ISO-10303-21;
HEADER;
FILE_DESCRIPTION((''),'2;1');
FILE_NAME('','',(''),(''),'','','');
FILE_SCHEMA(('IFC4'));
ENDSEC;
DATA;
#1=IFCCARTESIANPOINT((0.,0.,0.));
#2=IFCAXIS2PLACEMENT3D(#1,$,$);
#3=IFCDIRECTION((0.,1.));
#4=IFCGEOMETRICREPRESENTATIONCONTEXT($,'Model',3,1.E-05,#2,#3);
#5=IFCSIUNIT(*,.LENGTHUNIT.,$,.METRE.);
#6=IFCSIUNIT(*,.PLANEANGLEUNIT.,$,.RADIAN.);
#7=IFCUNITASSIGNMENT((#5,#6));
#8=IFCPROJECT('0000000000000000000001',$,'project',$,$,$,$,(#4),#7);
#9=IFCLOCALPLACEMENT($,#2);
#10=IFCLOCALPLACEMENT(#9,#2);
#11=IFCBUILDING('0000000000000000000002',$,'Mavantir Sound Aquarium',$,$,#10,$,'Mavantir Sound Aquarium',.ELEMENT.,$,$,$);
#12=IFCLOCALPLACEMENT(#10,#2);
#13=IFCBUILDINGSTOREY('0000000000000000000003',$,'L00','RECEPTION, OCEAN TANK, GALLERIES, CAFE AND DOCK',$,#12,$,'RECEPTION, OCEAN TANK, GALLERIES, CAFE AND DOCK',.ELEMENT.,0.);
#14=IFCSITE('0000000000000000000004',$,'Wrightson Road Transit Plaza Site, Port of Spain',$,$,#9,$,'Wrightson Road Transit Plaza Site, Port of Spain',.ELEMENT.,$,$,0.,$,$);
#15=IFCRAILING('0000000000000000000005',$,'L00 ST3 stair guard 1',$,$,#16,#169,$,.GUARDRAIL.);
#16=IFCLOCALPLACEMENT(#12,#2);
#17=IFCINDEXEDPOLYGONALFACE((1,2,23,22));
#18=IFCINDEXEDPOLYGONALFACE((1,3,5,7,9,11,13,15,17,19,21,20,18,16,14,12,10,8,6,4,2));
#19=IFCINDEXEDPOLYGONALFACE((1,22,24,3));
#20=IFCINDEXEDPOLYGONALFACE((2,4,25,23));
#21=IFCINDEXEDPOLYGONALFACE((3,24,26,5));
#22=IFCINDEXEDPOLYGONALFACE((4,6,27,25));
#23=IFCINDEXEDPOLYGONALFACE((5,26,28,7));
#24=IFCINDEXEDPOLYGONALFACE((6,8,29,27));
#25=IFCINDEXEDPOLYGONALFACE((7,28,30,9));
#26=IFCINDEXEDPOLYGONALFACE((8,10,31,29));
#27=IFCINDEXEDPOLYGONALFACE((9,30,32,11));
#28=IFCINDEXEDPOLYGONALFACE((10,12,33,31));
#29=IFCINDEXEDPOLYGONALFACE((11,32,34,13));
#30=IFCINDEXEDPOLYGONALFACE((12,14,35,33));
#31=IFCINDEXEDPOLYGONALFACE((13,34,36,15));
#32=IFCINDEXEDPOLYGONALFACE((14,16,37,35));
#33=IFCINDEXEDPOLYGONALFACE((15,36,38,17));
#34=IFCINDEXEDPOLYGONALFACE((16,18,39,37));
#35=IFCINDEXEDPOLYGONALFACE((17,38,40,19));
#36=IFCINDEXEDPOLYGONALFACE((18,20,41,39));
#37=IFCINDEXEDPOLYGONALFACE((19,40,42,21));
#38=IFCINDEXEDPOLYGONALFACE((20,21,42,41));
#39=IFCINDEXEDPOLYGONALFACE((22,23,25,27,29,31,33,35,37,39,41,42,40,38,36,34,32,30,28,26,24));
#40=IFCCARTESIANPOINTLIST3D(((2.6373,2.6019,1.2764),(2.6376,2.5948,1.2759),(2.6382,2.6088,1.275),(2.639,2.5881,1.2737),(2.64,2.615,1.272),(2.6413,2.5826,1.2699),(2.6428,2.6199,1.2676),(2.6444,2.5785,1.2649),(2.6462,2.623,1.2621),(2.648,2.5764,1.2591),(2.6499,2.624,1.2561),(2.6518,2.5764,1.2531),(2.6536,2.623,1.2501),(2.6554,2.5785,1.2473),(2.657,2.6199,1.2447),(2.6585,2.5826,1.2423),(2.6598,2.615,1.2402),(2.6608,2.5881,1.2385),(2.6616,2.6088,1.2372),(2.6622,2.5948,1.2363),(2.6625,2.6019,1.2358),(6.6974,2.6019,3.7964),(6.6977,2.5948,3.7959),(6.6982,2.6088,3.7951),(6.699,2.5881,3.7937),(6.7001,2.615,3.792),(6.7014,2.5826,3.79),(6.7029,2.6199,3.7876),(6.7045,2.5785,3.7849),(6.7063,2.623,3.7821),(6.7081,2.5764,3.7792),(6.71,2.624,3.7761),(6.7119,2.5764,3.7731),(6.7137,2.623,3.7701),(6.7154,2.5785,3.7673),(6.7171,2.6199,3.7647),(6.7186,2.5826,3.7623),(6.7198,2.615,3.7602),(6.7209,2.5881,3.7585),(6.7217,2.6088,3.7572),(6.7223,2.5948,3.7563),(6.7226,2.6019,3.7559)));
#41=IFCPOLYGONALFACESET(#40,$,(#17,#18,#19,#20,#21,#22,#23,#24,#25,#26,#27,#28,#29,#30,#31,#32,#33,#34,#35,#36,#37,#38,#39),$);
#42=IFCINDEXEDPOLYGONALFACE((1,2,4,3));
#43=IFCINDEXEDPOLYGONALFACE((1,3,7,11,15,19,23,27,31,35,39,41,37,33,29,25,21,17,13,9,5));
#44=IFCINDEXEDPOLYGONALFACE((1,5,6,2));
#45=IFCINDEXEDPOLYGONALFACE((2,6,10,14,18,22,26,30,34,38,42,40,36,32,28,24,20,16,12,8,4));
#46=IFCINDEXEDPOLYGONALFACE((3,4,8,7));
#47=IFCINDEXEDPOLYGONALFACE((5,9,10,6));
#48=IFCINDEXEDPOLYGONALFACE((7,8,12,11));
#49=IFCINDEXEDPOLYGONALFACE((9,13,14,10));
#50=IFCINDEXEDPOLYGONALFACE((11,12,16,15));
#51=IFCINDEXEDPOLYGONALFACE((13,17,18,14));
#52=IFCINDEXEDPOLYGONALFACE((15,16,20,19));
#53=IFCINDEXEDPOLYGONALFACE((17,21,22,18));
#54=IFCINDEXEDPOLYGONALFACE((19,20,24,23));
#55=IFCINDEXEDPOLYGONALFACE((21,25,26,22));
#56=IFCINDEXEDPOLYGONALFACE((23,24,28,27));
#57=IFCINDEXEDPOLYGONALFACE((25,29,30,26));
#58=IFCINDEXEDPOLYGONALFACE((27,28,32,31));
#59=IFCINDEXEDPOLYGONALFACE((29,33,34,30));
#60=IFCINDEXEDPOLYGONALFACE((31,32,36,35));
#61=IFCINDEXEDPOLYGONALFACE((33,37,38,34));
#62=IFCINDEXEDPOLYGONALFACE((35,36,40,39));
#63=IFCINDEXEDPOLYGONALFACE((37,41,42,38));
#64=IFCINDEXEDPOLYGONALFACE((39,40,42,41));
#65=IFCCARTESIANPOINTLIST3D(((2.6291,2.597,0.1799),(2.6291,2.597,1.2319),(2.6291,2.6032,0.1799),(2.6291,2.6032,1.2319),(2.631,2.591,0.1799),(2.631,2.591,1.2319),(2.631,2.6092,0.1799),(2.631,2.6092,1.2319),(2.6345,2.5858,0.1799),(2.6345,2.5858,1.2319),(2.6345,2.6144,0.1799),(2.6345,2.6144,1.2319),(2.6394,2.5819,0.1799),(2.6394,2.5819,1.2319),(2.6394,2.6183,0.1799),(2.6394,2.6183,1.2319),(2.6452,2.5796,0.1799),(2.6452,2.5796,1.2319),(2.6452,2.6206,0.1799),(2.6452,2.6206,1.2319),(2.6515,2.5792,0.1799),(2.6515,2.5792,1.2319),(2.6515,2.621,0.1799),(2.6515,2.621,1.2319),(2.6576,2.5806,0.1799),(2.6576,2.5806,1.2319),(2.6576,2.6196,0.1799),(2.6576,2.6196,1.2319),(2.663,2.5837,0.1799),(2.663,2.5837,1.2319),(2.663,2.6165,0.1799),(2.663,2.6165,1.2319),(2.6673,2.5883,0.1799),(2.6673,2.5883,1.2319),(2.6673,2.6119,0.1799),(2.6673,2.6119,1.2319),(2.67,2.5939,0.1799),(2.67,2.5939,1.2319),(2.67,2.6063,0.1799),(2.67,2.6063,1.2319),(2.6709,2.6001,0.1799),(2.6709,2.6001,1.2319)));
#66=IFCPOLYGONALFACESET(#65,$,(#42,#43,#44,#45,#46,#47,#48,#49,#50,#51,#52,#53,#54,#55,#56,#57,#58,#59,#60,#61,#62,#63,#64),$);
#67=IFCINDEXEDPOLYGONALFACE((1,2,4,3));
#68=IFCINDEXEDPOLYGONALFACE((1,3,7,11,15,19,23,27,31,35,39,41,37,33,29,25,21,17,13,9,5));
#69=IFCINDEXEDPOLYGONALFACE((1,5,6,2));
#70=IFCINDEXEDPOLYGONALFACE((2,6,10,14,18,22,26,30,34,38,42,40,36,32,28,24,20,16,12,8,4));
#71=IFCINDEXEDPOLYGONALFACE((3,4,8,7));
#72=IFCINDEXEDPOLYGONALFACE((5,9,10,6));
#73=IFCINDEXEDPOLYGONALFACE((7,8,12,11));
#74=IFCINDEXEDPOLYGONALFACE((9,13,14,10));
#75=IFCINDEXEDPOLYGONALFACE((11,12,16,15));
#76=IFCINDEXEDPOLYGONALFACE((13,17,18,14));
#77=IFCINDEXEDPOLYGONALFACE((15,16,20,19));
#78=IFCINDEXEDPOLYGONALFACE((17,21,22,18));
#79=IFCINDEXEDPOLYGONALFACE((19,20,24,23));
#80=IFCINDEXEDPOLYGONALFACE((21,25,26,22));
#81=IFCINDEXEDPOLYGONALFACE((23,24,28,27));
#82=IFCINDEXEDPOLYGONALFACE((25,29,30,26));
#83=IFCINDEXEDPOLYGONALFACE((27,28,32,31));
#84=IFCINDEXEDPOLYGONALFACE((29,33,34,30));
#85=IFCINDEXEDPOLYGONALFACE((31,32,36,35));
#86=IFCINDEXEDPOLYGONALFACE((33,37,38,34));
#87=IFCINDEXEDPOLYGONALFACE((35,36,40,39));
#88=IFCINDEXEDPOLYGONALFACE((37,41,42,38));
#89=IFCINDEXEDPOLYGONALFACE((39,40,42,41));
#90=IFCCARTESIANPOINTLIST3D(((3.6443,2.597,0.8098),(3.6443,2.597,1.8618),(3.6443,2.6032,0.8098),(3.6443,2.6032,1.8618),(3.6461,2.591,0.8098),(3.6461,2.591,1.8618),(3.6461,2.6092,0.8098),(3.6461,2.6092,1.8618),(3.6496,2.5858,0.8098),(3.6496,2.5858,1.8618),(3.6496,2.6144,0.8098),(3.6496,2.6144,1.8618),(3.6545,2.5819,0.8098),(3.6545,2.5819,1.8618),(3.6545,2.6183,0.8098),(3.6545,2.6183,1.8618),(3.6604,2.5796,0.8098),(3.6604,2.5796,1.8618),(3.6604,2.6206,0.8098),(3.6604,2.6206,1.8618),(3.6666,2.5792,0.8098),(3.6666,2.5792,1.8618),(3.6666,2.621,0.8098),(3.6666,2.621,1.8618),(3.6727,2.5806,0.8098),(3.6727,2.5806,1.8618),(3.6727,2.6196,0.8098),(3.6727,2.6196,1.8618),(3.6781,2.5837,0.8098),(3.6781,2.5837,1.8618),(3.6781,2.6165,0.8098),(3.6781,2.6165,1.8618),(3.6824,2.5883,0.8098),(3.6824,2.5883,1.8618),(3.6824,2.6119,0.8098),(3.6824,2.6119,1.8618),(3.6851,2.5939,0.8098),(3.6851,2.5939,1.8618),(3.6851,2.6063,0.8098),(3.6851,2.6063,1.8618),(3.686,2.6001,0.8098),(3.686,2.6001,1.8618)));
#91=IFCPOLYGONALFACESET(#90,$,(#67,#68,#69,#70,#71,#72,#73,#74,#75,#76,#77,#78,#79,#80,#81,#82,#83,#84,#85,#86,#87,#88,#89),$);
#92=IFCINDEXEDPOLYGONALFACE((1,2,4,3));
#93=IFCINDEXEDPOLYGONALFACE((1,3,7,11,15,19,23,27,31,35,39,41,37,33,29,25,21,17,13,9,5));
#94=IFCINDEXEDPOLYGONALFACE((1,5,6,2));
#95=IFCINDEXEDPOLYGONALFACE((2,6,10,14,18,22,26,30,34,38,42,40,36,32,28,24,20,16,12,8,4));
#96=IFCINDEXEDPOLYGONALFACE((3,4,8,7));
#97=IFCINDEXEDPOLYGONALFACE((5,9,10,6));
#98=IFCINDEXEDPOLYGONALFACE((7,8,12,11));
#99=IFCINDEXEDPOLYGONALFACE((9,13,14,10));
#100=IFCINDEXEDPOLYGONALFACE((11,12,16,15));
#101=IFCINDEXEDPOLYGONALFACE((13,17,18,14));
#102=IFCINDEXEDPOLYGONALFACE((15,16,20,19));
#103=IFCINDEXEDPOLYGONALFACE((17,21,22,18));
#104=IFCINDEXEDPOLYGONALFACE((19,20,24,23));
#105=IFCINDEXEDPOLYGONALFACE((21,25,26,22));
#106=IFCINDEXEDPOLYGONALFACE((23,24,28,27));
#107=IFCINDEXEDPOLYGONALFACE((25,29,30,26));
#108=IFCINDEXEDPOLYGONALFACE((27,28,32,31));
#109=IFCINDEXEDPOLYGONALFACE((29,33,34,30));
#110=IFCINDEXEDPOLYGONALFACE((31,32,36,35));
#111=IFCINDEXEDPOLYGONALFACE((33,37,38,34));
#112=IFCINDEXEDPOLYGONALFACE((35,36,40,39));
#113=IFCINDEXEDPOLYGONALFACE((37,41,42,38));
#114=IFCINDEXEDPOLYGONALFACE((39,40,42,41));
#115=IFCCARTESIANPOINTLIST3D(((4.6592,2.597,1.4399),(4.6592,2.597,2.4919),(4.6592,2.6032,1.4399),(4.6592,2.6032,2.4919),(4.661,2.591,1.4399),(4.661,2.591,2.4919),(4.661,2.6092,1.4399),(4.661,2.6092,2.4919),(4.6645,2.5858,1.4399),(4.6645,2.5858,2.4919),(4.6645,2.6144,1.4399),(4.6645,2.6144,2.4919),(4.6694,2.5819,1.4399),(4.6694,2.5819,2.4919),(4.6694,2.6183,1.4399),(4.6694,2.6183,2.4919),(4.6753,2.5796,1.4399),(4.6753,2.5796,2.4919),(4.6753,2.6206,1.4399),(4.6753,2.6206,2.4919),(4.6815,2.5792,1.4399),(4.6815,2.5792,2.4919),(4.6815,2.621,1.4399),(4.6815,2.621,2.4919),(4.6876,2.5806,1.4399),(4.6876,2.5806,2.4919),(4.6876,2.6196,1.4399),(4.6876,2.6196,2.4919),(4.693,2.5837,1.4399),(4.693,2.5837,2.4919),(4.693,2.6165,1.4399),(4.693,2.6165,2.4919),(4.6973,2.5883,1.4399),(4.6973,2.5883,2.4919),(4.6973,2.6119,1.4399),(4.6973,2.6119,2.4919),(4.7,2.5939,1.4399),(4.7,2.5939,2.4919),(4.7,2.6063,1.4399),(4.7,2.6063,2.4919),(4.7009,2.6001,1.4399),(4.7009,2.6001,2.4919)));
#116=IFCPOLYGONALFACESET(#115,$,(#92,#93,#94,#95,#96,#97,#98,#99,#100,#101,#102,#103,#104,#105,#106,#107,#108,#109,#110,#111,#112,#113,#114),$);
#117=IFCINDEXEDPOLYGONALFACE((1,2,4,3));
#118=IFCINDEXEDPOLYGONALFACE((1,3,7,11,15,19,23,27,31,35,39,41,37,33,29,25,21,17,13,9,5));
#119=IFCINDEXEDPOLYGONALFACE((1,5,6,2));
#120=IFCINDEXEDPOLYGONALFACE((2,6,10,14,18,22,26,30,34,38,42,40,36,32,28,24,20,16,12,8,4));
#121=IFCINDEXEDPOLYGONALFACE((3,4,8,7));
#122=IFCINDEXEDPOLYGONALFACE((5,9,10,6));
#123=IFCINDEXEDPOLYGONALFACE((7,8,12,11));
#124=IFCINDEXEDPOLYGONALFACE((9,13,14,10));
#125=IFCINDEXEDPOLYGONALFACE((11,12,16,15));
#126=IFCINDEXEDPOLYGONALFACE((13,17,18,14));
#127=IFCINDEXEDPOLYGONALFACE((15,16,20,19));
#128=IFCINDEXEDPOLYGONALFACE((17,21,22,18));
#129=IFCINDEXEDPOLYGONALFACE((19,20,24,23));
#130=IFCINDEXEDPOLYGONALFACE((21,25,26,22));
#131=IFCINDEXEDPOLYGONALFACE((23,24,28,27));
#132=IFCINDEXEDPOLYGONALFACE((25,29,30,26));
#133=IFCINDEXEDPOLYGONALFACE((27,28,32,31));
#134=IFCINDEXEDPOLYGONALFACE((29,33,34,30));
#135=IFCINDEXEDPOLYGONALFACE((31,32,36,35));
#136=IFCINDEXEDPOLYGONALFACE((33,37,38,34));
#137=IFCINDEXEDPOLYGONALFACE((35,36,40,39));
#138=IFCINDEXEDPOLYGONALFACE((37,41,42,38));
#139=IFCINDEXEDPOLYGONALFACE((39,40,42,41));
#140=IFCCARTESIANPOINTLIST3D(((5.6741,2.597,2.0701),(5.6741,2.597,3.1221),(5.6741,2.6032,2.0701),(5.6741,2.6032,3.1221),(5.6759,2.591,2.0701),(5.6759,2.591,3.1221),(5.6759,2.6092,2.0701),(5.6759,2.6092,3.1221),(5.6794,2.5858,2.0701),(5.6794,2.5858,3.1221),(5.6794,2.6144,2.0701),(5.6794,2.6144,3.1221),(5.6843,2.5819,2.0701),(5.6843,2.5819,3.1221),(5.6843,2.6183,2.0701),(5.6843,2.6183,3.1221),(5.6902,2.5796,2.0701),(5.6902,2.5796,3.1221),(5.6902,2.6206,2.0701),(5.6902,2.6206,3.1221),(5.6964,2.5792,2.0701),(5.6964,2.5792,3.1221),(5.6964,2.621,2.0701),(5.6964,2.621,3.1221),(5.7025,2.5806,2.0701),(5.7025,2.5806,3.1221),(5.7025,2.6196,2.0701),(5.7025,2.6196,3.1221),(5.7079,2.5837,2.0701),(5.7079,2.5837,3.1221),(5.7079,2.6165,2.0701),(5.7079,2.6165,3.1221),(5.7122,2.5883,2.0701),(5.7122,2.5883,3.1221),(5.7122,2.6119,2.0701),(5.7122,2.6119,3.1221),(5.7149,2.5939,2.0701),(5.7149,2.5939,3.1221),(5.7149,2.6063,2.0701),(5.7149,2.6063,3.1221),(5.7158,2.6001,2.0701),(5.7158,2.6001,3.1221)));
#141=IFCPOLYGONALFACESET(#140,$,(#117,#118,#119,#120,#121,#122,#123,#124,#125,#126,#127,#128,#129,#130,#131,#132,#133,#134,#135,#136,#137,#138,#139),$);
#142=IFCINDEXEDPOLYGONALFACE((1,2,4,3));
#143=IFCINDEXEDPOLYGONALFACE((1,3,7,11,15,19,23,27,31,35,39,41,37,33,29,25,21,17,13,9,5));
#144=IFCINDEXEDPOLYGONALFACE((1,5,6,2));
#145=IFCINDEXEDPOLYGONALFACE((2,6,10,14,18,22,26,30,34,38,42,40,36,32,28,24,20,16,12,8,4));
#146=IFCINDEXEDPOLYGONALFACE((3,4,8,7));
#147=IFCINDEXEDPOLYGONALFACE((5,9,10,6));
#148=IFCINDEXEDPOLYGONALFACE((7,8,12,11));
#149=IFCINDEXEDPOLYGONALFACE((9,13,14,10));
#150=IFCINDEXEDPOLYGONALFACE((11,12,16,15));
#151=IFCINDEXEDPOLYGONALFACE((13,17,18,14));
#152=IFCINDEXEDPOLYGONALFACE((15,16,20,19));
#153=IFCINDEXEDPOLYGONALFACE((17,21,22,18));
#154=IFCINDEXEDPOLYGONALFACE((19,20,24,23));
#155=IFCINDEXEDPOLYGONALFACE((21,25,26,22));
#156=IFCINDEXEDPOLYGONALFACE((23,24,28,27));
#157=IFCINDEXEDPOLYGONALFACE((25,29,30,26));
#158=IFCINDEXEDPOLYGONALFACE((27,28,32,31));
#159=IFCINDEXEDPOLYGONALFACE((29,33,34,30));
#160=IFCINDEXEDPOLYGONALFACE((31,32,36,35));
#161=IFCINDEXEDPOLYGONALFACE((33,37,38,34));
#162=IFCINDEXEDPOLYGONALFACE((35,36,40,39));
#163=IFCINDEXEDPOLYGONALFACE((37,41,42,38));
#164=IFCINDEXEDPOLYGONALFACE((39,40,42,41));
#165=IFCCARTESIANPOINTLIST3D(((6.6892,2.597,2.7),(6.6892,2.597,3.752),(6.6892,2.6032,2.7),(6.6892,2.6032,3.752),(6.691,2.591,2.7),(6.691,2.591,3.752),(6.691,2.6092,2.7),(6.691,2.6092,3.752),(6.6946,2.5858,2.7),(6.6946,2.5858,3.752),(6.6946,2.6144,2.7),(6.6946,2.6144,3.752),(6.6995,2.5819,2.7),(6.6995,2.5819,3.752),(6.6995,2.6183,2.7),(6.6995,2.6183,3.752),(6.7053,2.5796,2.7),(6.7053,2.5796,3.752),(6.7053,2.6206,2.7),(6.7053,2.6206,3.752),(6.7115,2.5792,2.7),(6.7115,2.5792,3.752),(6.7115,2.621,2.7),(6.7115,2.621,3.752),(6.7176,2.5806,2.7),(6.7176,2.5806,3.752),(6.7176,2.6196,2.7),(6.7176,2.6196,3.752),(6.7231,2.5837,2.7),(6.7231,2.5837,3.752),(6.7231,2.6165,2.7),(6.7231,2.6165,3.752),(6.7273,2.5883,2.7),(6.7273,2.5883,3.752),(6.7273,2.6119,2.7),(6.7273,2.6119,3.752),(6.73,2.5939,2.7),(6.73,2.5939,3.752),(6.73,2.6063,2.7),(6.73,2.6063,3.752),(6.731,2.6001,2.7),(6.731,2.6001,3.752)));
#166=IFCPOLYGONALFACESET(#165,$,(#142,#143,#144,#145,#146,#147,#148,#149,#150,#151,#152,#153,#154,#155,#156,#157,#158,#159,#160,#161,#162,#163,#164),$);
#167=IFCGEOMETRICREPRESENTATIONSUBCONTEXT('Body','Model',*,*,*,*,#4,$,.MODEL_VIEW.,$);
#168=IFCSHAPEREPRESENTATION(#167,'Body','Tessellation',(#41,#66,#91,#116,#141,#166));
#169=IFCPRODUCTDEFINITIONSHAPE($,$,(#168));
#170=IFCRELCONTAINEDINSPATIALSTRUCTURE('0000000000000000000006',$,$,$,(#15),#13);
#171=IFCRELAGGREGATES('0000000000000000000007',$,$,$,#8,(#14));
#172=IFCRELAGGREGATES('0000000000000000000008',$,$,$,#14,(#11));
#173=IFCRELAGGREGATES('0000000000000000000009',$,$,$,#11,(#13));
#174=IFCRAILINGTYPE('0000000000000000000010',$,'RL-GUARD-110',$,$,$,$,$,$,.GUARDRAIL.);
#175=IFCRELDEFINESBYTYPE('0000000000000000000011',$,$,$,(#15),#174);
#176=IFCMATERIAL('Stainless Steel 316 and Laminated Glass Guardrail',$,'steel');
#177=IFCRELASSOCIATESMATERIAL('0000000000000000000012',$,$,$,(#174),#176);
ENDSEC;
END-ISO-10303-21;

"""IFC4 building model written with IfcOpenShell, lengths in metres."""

from ifc_helpers import new_model, si_unit, direction, frame, origin, origin_2d, place, context, subcontext, project, spatial, circle, extrude, material, type_object, element, save


model = new_model("IFC4")

# Units and contexts
model_context = context("Model", 3, precision=1e-05, world=origin(), true_north=direction((0.0, 1.0)))
body_context = subcontext(model_context, "Body", "Model", "MODEL_VIEW")
ifc_project = project(units=[si_unit("LENGTHUNIT", "METRE"), si_unit("PLANEANGLEUNIT", "RADIAN")], contexts=[model_context])

# Site, building, storey
site_placement = place(None, origin())
site = spatial("IfcSite", under=ifc_project, at=site_placement, Name="Wrightson Road Transit Plaza Site, Port of Spain", LongName="Wrightson Road Transit Plaza Site, Port of Spain", CompositionType="ELEMENT", RefElevation=0.0)
building_placement = place(site_placement, origin())
building = spatial("IfcBuilding", under=site, at=building_placement, Name="Mavantir Sound Aquarium", LongName="Mavantir Sound Aquarium", CompositionType="ELEMENT")
storey_placement = place(building_placement, origin())
storey = spatial("IfcBuildingStorey", under=building, at=storey_placement, Name="L00", Description="RECEPTION, OCEAN TANK, GALLERIES, CAFE AND DOCK", LongName="RECEPTION, OCEAN TANK, GALLERIES, CAFE AND DOCK", CompositionType="ELEMENT", Elevation=0.0)

# Railing
ifc_material_1 = material(Name="Stainless Steel 316 and Laminated Glass Guardrail", Category="steel")
railing_type_1 = type_object("IfcRailingType", Name="RL-GUARD-110", PredefinedType="GUARDRAIL", material=ifc_material_1)
railing_1_placement = place(storey_placement, frame((2.6499, 2.6001, 0.1799)))
element("IfcRailing", 1, at=railing_1_placement, inside=storey, type_object=railing_type_1, Name="L00 ST3 stair guard 1", PredefinedType="GUARDRAIL", context=body_context, shape_type="SweptSolid", body=[
    extrude(circle(Radius=0.0239, at=origin_2d()), frame((0.0, 0.0, 1.0762), z_axis=(0.849642, 0.0, 0.52736), x_axis=(0.0, 1.0, 0.0)), (0.0, 0.0, 1.0), 4.7786),
    extrude(circle(Radius=0.021, at=origin_2d()), origin(), (0.0, 0.0, 1.0), 1.052),
    extrude(circle(Radius=0.021, at=origin_2d()), frame((1.0151, 0.0, 0.6299)), (0.0, 0.0, 1.0), 1.052),
    extrude(circle(Radius=0.021, at=origin_2d()), frame((2.03, 0.0, 1.26)), (0.0, 0.0, 1.0), 1.052),
    extrude(circle(Radius=0.021, at=origin_2d()), frame((3.0449, 0.0, 1.8901)), (0.0, 0.0, 1.0), 1.052),
    extrude(circle(Radius=0.021, at=origin_2d()), frame((4.0601, 0.0, 2.52)), (0.0, 0.0, 1.0), 1.052),
])

save(model, "model.ifc")
